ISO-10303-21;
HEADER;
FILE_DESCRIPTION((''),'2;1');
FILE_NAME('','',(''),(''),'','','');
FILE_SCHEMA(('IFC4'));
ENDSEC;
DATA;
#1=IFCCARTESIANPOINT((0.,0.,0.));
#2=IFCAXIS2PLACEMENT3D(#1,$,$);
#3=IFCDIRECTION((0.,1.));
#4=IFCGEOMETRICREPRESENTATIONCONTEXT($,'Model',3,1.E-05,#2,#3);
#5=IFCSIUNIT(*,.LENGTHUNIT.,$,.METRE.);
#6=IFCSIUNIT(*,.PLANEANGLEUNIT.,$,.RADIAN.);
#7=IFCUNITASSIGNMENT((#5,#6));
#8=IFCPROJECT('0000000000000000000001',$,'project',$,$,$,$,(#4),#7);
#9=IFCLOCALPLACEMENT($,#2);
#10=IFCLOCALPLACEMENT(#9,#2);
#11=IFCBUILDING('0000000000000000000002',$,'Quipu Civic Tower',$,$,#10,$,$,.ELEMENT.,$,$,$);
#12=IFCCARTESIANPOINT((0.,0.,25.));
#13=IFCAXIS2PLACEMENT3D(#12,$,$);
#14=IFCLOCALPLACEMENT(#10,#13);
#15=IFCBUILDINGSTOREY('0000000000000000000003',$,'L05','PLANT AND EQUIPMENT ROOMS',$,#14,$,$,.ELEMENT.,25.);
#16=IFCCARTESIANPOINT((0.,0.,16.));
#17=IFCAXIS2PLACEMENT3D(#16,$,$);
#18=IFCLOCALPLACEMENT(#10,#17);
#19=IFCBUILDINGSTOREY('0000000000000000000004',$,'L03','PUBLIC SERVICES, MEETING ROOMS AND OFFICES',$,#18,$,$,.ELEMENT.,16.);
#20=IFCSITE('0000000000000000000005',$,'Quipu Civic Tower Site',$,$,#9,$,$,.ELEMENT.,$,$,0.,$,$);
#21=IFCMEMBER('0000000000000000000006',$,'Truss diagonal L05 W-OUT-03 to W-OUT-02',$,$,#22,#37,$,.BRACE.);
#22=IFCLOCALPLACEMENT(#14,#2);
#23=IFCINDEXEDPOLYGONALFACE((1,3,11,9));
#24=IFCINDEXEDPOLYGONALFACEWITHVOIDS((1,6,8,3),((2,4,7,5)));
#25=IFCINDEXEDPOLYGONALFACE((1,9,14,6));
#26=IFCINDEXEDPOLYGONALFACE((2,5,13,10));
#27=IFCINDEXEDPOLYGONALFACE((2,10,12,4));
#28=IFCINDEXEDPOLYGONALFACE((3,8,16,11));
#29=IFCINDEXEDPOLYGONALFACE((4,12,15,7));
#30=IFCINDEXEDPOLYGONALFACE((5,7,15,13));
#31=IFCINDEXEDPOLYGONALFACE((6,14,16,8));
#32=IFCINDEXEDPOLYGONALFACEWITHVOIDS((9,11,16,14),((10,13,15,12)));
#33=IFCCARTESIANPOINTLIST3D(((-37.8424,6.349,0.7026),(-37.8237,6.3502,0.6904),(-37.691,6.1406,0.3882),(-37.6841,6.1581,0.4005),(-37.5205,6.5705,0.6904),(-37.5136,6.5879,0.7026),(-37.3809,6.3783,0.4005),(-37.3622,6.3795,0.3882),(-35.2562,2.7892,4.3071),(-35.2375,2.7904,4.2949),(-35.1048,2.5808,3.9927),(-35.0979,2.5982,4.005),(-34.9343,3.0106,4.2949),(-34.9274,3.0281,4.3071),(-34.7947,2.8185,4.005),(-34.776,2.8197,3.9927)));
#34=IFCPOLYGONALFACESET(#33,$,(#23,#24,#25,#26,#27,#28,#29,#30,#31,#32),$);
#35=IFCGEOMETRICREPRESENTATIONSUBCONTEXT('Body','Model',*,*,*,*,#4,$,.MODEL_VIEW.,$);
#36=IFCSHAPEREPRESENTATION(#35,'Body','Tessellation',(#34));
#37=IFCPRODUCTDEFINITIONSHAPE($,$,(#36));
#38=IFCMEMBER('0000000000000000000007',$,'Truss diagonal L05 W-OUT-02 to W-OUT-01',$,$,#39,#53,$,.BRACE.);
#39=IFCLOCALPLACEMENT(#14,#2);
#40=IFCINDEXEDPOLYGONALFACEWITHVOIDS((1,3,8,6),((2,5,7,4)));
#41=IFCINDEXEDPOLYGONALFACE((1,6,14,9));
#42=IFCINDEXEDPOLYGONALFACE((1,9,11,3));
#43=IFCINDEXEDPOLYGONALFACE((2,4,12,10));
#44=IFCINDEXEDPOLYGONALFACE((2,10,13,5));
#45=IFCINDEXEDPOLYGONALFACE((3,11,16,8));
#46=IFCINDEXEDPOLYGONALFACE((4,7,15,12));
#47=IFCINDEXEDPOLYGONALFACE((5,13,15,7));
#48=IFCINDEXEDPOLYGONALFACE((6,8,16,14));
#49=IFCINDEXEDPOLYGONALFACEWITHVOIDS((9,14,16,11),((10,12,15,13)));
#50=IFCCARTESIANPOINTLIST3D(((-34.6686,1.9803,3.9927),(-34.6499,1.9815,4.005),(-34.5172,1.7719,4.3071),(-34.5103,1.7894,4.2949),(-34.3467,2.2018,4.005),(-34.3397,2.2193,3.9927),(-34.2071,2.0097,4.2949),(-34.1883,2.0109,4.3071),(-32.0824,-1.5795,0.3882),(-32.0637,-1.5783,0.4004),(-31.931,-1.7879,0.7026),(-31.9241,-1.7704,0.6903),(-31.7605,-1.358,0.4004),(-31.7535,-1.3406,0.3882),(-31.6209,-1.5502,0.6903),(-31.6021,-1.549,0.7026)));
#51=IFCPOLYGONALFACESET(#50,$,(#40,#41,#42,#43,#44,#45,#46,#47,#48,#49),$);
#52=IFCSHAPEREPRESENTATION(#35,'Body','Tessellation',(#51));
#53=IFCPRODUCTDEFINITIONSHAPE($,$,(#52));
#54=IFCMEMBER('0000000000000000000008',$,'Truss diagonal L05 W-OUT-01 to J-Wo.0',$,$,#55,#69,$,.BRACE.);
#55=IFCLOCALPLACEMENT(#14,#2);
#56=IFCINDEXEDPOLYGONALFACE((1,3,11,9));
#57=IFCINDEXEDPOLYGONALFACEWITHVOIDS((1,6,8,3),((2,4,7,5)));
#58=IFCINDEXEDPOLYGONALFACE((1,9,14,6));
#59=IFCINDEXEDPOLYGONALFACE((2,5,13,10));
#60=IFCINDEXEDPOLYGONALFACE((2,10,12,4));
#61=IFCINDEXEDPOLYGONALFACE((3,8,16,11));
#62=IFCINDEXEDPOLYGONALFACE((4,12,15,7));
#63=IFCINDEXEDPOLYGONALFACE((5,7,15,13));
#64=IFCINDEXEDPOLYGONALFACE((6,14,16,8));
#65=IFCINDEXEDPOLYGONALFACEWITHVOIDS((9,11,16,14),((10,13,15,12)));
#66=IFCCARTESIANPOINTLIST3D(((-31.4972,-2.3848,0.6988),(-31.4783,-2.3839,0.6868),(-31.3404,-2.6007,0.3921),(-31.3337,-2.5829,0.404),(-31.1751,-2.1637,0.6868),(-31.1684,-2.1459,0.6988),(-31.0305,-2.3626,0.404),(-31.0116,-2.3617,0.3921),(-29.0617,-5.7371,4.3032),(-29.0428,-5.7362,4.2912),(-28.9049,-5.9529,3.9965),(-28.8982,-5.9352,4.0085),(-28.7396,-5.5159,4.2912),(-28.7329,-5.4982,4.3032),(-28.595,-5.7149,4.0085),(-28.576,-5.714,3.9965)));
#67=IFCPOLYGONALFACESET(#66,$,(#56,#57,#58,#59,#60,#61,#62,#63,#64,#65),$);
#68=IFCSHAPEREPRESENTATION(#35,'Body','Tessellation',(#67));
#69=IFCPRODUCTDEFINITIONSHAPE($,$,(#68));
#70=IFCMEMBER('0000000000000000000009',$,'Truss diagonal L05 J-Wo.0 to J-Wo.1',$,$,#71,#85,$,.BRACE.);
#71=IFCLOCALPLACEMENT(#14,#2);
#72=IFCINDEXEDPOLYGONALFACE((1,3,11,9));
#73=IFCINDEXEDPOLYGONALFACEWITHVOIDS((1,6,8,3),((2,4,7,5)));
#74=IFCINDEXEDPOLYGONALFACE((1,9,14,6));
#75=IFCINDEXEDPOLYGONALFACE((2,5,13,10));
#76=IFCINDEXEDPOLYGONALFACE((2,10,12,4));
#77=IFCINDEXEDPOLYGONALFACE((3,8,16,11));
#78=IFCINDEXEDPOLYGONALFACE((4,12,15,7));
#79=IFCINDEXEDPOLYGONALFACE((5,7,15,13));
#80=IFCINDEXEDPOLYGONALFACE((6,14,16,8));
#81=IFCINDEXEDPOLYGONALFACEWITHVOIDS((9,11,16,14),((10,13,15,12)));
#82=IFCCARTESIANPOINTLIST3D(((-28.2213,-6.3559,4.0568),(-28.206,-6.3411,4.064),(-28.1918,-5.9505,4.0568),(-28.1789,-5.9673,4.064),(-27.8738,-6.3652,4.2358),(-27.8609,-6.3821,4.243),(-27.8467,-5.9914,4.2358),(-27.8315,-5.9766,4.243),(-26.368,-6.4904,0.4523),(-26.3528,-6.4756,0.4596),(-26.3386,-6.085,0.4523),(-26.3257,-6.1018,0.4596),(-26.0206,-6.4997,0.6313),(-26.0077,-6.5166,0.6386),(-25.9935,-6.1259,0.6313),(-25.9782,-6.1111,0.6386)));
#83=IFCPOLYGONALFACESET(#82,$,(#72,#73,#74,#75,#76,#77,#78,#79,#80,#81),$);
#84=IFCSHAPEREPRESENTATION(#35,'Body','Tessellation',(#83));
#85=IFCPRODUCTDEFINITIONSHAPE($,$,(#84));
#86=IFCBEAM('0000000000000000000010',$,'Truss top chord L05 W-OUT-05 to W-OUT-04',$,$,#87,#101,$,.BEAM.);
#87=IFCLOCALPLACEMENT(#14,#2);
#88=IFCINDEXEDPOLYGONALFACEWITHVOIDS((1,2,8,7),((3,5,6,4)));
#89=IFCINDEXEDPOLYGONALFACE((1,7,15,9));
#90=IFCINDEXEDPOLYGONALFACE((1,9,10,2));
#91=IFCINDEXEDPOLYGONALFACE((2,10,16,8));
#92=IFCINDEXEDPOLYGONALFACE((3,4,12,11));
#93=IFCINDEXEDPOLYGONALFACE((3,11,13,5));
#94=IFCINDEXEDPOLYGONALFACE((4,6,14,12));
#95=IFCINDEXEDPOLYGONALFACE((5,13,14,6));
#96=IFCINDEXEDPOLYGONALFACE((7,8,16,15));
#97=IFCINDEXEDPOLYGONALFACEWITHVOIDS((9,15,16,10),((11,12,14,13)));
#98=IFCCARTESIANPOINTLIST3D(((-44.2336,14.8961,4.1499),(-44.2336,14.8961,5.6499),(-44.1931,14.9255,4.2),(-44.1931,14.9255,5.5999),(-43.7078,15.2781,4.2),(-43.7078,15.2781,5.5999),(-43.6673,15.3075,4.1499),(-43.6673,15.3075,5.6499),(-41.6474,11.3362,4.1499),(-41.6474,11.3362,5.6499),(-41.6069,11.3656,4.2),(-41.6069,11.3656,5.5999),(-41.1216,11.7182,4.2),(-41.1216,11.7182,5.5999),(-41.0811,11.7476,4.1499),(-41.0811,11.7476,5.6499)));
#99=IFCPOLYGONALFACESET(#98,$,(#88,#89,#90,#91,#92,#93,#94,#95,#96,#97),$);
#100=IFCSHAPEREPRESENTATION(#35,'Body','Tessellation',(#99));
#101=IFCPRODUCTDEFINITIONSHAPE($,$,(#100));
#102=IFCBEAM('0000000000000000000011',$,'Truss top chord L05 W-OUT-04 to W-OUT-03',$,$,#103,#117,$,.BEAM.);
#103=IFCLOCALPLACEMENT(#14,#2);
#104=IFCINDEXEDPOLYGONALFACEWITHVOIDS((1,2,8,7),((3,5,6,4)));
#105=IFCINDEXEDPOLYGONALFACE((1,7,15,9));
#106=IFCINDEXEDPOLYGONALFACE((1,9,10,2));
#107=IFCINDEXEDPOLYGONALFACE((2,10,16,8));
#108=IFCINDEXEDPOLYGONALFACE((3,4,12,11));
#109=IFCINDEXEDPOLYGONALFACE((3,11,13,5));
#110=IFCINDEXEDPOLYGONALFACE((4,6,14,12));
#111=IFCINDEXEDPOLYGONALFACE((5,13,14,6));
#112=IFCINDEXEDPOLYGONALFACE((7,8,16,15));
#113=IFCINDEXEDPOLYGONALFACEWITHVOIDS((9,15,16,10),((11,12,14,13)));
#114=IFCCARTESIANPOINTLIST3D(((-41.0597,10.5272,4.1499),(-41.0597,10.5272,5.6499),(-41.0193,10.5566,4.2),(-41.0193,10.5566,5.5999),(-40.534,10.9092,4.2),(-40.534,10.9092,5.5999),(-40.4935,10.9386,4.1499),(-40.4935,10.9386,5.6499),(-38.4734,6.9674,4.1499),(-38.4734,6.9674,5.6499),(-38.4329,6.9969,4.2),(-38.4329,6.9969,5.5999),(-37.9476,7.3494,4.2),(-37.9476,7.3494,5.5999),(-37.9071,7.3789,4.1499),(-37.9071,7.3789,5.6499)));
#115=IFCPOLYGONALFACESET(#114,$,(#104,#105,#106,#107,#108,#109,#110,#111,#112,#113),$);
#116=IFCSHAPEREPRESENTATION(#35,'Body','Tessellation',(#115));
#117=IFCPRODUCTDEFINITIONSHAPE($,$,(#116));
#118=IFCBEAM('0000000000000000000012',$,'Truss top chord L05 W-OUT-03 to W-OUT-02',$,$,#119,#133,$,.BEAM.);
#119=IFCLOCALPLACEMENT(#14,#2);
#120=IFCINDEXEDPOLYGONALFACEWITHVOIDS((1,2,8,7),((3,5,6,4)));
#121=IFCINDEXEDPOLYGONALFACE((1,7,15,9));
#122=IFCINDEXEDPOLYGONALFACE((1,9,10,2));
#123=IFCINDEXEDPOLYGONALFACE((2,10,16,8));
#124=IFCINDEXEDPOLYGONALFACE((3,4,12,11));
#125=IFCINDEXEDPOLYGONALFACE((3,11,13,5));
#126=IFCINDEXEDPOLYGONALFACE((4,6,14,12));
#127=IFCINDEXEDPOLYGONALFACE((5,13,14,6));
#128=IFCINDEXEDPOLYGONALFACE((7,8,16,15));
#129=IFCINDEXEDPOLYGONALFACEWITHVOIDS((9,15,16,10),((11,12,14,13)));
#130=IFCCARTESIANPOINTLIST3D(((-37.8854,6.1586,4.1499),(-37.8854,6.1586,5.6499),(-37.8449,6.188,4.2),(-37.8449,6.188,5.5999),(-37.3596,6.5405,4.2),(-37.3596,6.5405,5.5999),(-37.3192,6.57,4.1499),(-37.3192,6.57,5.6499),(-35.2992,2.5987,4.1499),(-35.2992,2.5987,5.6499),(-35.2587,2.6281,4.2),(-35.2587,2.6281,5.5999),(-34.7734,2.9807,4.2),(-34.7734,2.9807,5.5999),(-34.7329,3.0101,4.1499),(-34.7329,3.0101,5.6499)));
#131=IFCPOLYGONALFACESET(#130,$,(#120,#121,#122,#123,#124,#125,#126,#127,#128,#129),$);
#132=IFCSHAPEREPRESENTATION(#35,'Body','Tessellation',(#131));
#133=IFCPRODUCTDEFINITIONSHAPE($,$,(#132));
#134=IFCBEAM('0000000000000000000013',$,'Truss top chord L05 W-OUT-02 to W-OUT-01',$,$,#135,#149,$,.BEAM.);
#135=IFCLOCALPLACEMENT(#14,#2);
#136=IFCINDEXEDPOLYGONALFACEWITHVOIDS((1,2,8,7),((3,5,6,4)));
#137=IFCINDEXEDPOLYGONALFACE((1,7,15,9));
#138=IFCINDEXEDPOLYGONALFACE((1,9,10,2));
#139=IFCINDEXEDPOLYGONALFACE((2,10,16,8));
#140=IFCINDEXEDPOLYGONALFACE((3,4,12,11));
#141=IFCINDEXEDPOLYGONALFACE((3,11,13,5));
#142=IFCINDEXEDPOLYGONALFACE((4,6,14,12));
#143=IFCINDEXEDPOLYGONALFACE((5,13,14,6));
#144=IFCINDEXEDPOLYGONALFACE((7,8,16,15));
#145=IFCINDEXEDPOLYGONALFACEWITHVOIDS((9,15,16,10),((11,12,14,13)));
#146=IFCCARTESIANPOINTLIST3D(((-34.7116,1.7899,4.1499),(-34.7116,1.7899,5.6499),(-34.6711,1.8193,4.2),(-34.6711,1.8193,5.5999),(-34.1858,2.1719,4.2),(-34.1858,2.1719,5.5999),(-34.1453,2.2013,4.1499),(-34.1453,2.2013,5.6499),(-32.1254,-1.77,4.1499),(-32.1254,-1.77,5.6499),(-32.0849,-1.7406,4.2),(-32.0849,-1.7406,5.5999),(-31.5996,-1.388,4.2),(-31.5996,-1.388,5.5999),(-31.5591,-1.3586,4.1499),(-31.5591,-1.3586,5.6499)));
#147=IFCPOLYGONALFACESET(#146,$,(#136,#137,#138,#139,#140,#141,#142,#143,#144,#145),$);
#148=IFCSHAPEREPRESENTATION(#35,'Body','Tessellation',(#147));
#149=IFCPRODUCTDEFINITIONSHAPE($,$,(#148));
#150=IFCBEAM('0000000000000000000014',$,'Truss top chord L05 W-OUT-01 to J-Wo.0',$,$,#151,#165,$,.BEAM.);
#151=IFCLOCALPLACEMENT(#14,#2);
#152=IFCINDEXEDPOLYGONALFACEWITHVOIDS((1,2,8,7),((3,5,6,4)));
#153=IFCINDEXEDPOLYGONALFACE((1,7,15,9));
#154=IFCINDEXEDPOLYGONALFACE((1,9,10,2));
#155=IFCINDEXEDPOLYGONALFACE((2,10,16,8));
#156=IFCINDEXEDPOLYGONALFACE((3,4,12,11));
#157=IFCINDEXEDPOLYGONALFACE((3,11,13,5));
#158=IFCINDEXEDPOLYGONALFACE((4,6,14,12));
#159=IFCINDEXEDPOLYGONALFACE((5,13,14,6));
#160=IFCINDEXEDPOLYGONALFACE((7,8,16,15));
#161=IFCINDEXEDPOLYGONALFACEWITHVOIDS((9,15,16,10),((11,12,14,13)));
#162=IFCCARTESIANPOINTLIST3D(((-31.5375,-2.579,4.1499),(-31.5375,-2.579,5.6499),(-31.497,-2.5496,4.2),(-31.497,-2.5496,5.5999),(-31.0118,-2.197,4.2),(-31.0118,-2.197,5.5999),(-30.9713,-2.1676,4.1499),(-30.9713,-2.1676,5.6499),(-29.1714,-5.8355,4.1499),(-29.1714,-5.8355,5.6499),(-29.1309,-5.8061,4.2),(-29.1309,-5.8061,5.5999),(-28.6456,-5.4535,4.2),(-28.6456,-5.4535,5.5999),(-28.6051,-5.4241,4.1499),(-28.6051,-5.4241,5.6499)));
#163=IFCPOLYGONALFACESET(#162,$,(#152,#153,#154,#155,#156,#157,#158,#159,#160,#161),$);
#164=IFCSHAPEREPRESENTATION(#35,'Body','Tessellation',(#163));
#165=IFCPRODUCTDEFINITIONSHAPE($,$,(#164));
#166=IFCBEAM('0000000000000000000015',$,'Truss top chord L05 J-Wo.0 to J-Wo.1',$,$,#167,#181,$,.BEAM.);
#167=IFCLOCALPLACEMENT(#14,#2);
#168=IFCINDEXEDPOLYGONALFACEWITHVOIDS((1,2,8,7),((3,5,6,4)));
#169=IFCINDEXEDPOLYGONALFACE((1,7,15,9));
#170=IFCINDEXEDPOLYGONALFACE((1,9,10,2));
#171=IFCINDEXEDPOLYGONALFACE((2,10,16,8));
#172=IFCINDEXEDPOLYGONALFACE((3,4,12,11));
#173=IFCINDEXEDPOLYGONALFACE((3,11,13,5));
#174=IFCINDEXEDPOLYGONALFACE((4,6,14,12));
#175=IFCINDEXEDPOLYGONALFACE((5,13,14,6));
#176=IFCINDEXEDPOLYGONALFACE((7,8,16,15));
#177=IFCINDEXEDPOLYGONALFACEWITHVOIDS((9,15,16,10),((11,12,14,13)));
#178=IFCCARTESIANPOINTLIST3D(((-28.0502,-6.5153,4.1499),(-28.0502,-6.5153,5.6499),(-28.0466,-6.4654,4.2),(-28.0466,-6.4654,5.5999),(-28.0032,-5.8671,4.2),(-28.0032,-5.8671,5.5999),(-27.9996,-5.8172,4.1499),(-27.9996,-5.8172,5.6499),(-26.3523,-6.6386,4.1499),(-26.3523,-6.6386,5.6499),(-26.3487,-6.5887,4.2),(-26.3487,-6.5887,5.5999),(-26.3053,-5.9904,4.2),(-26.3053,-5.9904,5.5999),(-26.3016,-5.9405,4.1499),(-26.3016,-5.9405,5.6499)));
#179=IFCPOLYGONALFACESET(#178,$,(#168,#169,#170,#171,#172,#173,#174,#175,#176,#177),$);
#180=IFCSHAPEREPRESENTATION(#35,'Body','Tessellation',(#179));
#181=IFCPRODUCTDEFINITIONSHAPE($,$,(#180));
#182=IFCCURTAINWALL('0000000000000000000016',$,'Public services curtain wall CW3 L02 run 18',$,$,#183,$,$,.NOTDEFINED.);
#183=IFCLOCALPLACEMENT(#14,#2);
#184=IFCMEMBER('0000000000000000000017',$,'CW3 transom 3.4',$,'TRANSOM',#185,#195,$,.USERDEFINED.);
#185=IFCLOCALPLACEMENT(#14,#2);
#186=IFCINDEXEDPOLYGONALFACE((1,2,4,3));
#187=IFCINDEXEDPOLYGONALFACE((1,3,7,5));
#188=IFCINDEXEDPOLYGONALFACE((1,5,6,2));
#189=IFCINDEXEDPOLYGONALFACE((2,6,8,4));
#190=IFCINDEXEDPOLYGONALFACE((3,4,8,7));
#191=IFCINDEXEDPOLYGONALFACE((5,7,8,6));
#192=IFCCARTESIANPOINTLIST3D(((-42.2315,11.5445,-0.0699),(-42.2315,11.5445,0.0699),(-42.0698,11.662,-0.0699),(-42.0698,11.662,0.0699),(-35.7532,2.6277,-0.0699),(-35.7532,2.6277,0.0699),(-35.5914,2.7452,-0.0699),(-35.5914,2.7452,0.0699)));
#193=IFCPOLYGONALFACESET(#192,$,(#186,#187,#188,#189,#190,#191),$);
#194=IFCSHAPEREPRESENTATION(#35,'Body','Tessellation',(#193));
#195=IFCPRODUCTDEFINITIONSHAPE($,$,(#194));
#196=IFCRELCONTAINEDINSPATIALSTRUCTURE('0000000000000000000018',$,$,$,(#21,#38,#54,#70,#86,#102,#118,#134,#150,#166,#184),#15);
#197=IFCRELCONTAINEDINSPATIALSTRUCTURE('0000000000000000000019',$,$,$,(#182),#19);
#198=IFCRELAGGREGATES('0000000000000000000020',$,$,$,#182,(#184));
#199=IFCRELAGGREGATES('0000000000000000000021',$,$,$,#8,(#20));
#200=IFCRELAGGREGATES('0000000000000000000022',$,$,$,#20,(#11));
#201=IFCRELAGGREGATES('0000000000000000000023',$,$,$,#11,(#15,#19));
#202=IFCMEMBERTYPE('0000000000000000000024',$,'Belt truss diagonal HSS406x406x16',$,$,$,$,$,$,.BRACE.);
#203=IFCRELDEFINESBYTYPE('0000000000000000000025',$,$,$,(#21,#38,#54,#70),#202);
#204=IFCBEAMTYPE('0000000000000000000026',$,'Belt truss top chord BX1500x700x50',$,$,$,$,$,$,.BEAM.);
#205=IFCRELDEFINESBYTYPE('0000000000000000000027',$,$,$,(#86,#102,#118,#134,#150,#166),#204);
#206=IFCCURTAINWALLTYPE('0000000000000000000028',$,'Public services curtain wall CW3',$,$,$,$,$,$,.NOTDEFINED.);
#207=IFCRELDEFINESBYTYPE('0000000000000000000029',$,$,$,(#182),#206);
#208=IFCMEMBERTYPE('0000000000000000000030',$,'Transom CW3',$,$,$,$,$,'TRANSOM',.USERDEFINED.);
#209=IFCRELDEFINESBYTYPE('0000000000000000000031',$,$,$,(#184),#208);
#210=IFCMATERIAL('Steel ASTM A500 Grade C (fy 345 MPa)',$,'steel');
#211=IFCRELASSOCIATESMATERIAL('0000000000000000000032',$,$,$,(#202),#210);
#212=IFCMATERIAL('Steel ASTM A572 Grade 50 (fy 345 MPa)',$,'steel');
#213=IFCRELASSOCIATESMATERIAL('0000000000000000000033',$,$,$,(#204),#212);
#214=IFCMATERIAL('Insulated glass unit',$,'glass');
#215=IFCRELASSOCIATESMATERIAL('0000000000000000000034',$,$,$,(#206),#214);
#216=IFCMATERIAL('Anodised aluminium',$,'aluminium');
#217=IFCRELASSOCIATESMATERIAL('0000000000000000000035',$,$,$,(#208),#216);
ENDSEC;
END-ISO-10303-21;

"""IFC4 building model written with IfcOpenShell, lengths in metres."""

from ifc_helpers import new_model, si_unit, direction, frame, origin, origin_2d, place, context, subcontext, project, spatial, rectangle, hollow_rectangle, extrude, material, material_profile, profile_set, type_object, element, aggregate, save


model = new_model("IFC4")

# Units and contexts
model_context = context("Model", 3, precision=1e-05, world=origin(), true_north=direction((0.0, 1.0)))
body_context = subcontext(model_context, "Body", "Model", "MODEL_VIEW")
ifc_project = project(units=[si_unit("LENGTHUNIT", "METRE"), si_unit("PLANEANGLEUNIT", "RADIAN")], contexts=[model_context])

# Site, building, storey
site_placement = place(None, origin())
site = spatial("IfcSite", under=ifc_project, at=site_placement, Name="Quipu Civic Tower Site", CompositionType="ELEMENT", RefElevation=0.0)
building_placement = place(site_placement, origin())
building = spatial("IfcBuilding", under=site, at=building_placement, Name="Quipu Civic Tower", CompositionType="ELEMENT")
storey_1_placement = place(building_placement, frame((0.0, 0.0, 25.0)))
storey_1 = spatial("IfcBuildingStorey", under=building, at=storey_1_placement, Name="L05", Description="PLANT AND EQUIPMENT ROOMS", CompositionType="ELEMENT", Elevation=25.0)

# Members
ifc_material_1 = material(Name="Steel ASTM A500 Grade C (fy 345 MPa)", Category="steel")
ifc_material_profile_1 = material_profile(ifc_material_1, hollow_rectangle(XDim=0.4065, YDim=0.4065, WallThickness=0.0159, at=origin_2d()), Name="HSS406x406x16")
ifc_profile_set_1 = profile_set([ifc_material_profile_1], Name="Steel ASTM A500 Grade C (fy 345 MPa)")
member_type_1 = type_object("IfcMemberType", Name="Belt truss diagonal HSS406x406x16", PredefinedType="BRACE", material=ifc_profile_set_1)
for number, where, z_axis, x_axis, name in (
    (1, (-37.6023, 6.3643, 0.5454), (0.454676, -0.62585, 0.633705), (0.809036, 0.587759, 0.0), "Truss diagonal L05 W-OUT-03 to W-OUT-02"),
    (2, (-34.4285, 1.9956, 4.1499), (0.454676, -0.62585, -0.633705), (0.809036, 0.587759, 0.0), "Truss diagonal L05 W-OUT-02 to W-OUT-01"),
):
    element("IfcMember", number, at=place(storey_1_placement, frame(where, z_axis=z_axis, x_axis=x_axis)), inside=storey_1, type_object=member_type_1, Name=name, PredefinedType="BRACE", context=body_context, shape_type="SweptSolid", body=[
        extrude(hollow_rectangle(XDim=0.4065, YDim=0.4065, WallThickness=0.0159, at=origin_2d()), origin(), (0.0, 0.0, 1.0), 5.688),
    ])
member_1_placement = place(storey_1_placement, frame((-31.2544, -2.3733, 0.5454), z_axis=(0.443471, -0.610395, 0.656316), x_axis=(0.809021, 0.587779, 0.0)))
element("IfcMember", 3, at=member_1_placement, inside=storey_1, type_object=member_type_1, Name="Truss diagonal L05 W-OUT-01 to J-Wo.0", PredefinedType="BRACE", context=body_context, shape_type="SweptSolid", body=[
    extrude(hollow_rectangle(XDim=0.4065, YDim=0.4065, WallThickness=0.0159, at=origin_2d()), origin(), (0.0, 0.0, 1.0), 5.4919),
])
member_2_placement = place(storey_1_placement, frame((-28.0264, -6.1663, 4.1499), z_axis=(0.457005, -0.033172, -0.888845), x_axis=(0.072395, 0.997376, 0.0)))
element("IfcMember", 4, at=member_2_placement, inside=storey_1, type_object=member_type_1, Name="Truss diagonal L05 J-Wo.0 to J-Wo.1", PredefinedType="BRACE", context=body_context, shape_type="SweptSolid", body=[
    extrude(hollow_rectangle(XDim=0.4065, YDim=0.4065, WallThickness=0.0159, at=origin_2d()), origin(), (0.0, 0.0, 1.0), 4.0552),
])

# Beams
ifc_material_2 = material(Name="Steel ASTM A572 Grade 50 (fy 345 MPa)", Category="steel")
ifc_material_profile_2 = material_profile(ifc_material_2, hollow_rectangle(XDim=0.7, YDim=1.5, WallThickness=0.05, at=origin_2d()), Name="BX1500x700x50")
ifc_profile_set_2 = profile_set([ifc_material_profile_2], Name="Steel ASTM A572 Grade 50 (fy 345 MPa)")
beam_type_1 = type_object("IfcBeamType", Name="Belt truss top chord BX1500x700x50", PredefinedType="BEAM", material=ifc_profile_set_2)
for number, where, z_axis, x_axis, name in (
    (5, (-43.9504, 15.1018, 4.8999), (0.587759, -0.809036, 0.0), (0.809036, 0.587759, 0.0), "Truss top chord L05 W-OUT-05 to W-OUT-04"),
    (6, (-40.7766, 10.7329, 4.8999), (0.587796, -0.80901, 0.0), (0.80901, 0.587796, 0.0), "Truss top chord L05 W-OUT-04 to W-OUT-03"),
    (7, (-37.6023, 6.3643, 4.8999), (0.587759, -0.809036, 0.0), (0.809036, 0.587759, 0.0), "Truss top chord L05 W-OUT-03 to W-OUT-02"),
    (8, (-34.4285, 1.9956, 4.8999), (0.587759, -0.809036, 0.0), (0.809036, 0.587759, 0.0), "Truss top chord L05 W-OUT-02 to W-OUT-01"),
):
    element("IfcBeam", number, at=place(storey_1_placement, frame(where, z_axis=z_axis, x_axis=x_axis)), inside=storey_1, type_object=beam_type_1, Name=name, PredefinedType="BEAM", context=body_context, shape_type="SweptSolid", body=[
        extrude(hollow_rectangle(XDim=0.7, YDim=1.5, WallThickness=0.05, at=origin_2d()), origin(), (0.0, 0.0, 1.0), 4.4001),
    ])
beam_1_placement = place(storey_1_placement, frame((-31.2544, -2.3733, 4.8999), z_axis=(0.587811, -0.808998, 0.0), x_axis=(0.808998, 0.587811, 0.0)))
element("IfcBeam", 9, at=beam_1_placement, inside=storey_1, type_object=beam_type_1, Name="Truss top chord L05 W-OUT-01 to J-Wo.0", PredefinedType="BEAM", context=body_context, shape_type="SweptSolid", body=[
    extrude(hollow_rectangle(XDim=0.7, YDim=1.5, WallThickness=0.05, at=origin_2d()), origin(), (0.0, 0.0, 1.0), 4.0254),
])
beam_2_placement = place(storey_1_placement, frame((-28.0249, -6.1663, 4.8999), z_axis=(0.997374, -0.072419, 0.0), x_axis=(0.072419, 0.997374, 0.0)))
element("IfcBeam", 10, at=beam_2_placement, inside=storey_1, type_object=beam_type_1, Name="Truss top chord L05 J-Wo.0 to J-Wo.1", PredefinedType="BEAM", context=body_context, shape_type="SweptSolid", body=[
    extrude(hollow_rectangle(XDim=0.7, YDim=1.5, WallThickness=0.05, at=origin_2d()), origin(), (0.0, 0.0, 1.0), 1.7024),
])

# Shared definitions
storey_2_placement = place(building_placement, frame((0.0, 0.0, 16.0)))
storey_2 = spatial("IfcBuildingStorey", under=building, at=storey_2_placement, Name="L03", Description="PUBLIC SERVICES, MEETING ROOMS AND OFFICES", CompositionType="ELEMENT", Elevation=16.0)

# Curtain wall, member
ifc_material_3 = material(Name="Insulated glass unit", Category="glass")
curtain_wall_type = type_object("IfcCurtainWallType", Name="Public services curtain wall CW3", PredefinedType="NOTDEFINED", material=ifc_material_3)
curtain_wall_placement = place(storey_2_placement, origin())
curtain_wall = element("IfcCurtainWall", 11, at=curtain_wall_placement, inside=storey_2, type_object=curtain_wall_type, Name="Public services curtain wall CW3 L02 run 18", PredefinedType="NOTDEFINED")
ifc_material_4 = material(Name="Anodised aluminium", Category="aluminium")
ifc_material_profile_3 = material_profile(ifc_material_4, rectangle(XDim=0.2, YDim=0.1399, at=origin_2d()), Name="RECT 200x140")
ifc_profile_set_3 = profile_set([ifc_material_profile_3], Name="Anodised aluminium")
member_type_2 = type_object("IfcMemberType", Name="Transom CW3", ElementType="TRANSOM", PredefinedType="USERDEFINED", material=ifc_profile_set_3)
member_3_placement = place(storey_1_placement, frame((-42.1506, 11.6033, 0.0), z_axis=(0.587778, -0.809022, 0.0), x_axis=(0.809022, 0.587778, 0.0)))
member_3 = element("IfcMember", 12, at=member_3_placement, inside=storey_1, type_object=member_type_2, Name="CW3 transom 3.4", ObjectType="TRANSOM", PredefinedType="USERDEFINED", context=body_context, shape_type="SweptSolid", body=[
    extrude(rectangle(XDim=0.2, YDim=0.1399, at=origin_2d()), origin(), (0.0, 0.0, 1.0), 11.0217),
])
aggregate(curtain_wall, [member_3])

save(model, "model.ifc")
